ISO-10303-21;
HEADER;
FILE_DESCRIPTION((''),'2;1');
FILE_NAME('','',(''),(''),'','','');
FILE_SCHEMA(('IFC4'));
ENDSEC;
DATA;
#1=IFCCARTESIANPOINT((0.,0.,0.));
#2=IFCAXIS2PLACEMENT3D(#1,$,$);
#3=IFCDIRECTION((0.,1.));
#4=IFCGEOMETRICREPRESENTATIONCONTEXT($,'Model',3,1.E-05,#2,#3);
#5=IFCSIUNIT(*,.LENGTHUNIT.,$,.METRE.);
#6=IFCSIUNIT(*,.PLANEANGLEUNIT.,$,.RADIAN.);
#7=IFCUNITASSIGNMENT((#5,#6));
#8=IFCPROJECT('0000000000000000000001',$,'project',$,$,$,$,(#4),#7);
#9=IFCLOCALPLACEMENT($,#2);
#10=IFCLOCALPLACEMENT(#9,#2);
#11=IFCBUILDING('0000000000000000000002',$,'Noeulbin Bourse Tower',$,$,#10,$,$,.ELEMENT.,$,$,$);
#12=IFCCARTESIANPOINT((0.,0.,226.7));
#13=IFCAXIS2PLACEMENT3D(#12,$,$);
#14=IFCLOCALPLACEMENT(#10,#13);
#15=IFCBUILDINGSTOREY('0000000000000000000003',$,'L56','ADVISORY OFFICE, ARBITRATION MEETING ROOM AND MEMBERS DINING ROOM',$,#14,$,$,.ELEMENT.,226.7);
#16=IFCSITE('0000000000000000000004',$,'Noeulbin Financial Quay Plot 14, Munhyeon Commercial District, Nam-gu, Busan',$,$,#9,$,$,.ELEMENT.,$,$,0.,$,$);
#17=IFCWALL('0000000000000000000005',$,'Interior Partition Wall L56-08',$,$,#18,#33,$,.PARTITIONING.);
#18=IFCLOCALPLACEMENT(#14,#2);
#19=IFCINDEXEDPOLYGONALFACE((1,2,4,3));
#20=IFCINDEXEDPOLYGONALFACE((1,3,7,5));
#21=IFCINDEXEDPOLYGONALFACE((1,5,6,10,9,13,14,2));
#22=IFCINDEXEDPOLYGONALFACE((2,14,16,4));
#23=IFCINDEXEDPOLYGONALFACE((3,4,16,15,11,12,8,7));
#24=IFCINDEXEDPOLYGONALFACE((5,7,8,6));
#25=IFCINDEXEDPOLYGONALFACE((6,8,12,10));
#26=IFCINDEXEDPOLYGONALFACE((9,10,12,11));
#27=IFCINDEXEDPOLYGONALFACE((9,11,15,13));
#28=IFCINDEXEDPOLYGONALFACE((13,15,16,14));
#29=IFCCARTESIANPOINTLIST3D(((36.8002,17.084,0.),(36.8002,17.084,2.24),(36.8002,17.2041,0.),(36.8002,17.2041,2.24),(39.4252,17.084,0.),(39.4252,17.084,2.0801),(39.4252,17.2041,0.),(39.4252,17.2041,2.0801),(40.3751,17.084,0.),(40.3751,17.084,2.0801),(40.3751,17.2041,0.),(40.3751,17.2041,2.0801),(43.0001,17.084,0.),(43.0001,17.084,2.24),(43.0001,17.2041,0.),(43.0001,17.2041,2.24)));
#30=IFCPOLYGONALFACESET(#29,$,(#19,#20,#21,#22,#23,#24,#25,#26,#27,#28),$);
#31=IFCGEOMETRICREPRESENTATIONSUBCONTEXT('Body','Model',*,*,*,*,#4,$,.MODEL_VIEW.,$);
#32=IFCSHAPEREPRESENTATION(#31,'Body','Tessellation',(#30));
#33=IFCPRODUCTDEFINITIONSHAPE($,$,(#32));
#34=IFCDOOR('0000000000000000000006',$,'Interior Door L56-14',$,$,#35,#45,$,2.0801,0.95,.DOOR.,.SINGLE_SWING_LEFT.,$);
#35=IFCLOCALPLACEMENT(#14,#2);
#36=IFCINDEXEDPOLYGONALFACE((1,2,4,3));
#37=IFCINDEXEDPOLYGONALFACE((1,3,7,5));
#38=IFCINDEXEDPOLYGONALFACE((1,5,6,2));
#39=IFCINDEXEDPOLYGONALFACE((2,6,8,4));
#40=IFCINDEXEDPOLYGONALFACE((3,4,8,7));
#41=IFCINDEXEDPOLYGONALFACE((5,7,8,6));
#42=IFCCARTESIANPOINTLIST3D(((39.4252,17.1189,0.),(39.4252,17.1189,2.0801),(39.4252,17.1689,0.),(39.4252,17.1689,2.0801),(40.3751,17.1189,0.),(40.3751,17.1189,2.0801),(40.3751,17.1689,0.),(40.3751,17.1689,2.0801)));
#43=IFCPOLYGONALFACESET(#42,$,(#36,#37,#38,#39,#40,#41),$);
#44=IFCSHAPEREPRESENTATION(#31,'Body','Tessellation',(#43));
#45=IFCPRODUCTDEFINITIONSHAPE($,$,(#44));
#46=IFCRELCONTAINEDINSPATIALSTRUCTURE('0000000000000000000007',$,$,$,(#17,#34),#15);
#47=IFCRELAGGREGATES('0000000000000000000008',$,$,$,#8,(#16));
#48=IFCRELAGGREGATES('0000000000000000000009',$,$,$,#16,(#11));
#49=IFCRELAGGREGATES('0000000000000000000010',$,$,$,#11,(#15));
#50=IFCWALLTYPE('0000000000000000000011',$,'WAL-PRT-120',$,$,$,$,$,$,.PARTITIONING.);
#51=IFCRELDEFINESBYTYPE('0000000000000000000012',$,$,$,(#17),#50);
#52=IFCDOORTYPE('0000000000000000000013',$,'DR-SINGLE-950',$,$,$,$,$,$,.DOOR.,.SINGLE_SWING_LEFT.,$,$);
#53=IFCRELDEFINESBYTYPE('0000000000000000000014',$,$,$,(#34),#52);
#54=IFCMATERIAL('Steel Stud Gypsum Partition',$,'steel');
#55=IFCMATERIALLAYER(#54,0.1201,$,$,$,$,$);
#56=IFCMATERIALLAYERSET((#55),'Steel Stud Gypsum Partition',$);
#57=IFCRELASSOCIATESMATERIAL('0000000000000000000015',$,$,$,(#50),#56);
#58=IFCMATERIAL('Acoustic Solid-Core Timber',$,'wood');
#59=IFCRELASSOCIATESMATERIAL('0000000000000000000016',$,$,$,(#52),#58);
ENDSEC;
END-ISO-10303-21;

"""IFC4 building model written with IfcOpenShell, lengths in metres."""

from ifc_helpers import new_model, si_unit, direction, frame, frame_2d, origin, place, context, subcontext, project, spatial, rectangle, extrude, material, layer, layer_set, type_object, element, fill, save


model = new_model("IFC4")

# Units and contexts
model_context = context("Model", 3, precision=1e-05, world=origin(), true_north=direction((0.0, 1.0)))
body_context = subcontext(model_context, "Body", "Model", "MODEL_VIEW")
ifc_project = project(units=[si_unit("LENGTHUNIT", "METRE"), si_unit("PLANEANGLEUNIT", "RADIAN")], contexts=[model_context])

# Site, building, storey
site_placement = place(None, origin())
site = spatial("IfcSite", under=ifc_project, at=site_placement, Name="Noeulbin Financial Quay Plot 14, Munhyeon Commercial District, Nam-gu, Busan", CompositionType="ELEMENT", RefElevation=0.0)
building_placement = place(site_placement, origin())
building = spatial("IfcBuilding", under=site, at=building_placement, Name="Noeulbin Bourse Tower", CompositionType="ELEMENT")
storey_placement = place(building_placement, frame((0.0, 0.0, 226.7)))
storey = spatial("IfcBuildingStorey", under=building, at=storey_placement, Name="L56", Description="ADVISORY OFFICE, ARBITRATION MEETING ROOM AND MEMBERS DINING ROOM", CompositionType="ELEMENT", Elevation=226.7)

# Wall, opening, door
ifc_material_1 = material(Name="Steel Stud Gypsum Partition", Category="steel")
ifc_layer_1 = layer(ifc_material_1, 0.1201)
ifc_layer_set_1 = layer_set([ifc_layer_1], Name="Steel Stud Gypsum Partition")
wall_type = type_object("IfcWallType", Name="WAL-PRT-120", PredefinedType="PARTITIONING", material=ifc_layer_set_1)
wall_placement = place(storey_placement, frame((36.8, 17.144, 0.0), z_axis=(0.0, 0.0, 1.0), x_axis=(1.0, 0.0, 0.0)))
wall = element("IfcWall", 1, at=wall_placement, inside=storey, type_object=wall_type, Name="Interior Partition Wall L56-08", PredefinedType="PARTITIONING", context=body_context, shape_type="SweptSolid", body=[
    extrude(rectangle(XDim=6.2, YDim=0.1201, at=frame_2d((3.1001, 0.0))), origin(), (0.0, 0.0, 1.0), 2.24),
])
opening_placement = place(wall_placement, frame((2.625, 0.0, 0.0)))
opening = element("IfcOpeningElement", 2, at=opening_placement, cuts=wall, PredefinedType="OPENING", context=body_context, shape_type="SweptSolid", body=[
    extrude(rectangle(XDim=0.95, YDim=2.0801, at=frame_2d((0.4751, 1.04))), frame((0.0, 0.0701, 0.0), z_axis=(0.0, -1.0, 0.0), x_axis=(1.0, 0.0, 0.0)), (0.0, 0.0, 1.0), 0.1401),
])
ifc_material_2 = material(Name="Acoustic Solid-Core Timber", Category="wood")
door_type = type_object("IfcDoorType", Name="DR-SINGLE-950", OperationType="SINGLE_SWING_LEFT", PredefinedType="DOOR", material=ifc_material_2)
door_placement = place(opening_placement, origin())
door = element("IfcDoor", 3, at=door_placement, inside=storey, type_object=door_type, Name="Interior Door L56-14", OperationType="SINGLE_SWING_LEFT", OverallHeight=2.0801, OverallWidth=0.95, PredefinedType="DOOR", context=body_context, shape_type="SweptSolid", body=[
    extrude(rectangle(XDim=0.95, YDim=2.0801, at=frame_2d((0.4751, 1.04))), frame((0.0, 0.0249, 0.0), z_axis=(0.0, -1.0, 0.0), x_axis=(1.0, 0.0, 0.0)), (0.0, 0.0, 1.0), 0.05),
])
fill(opening, door)

save(model, "model.ifc")
